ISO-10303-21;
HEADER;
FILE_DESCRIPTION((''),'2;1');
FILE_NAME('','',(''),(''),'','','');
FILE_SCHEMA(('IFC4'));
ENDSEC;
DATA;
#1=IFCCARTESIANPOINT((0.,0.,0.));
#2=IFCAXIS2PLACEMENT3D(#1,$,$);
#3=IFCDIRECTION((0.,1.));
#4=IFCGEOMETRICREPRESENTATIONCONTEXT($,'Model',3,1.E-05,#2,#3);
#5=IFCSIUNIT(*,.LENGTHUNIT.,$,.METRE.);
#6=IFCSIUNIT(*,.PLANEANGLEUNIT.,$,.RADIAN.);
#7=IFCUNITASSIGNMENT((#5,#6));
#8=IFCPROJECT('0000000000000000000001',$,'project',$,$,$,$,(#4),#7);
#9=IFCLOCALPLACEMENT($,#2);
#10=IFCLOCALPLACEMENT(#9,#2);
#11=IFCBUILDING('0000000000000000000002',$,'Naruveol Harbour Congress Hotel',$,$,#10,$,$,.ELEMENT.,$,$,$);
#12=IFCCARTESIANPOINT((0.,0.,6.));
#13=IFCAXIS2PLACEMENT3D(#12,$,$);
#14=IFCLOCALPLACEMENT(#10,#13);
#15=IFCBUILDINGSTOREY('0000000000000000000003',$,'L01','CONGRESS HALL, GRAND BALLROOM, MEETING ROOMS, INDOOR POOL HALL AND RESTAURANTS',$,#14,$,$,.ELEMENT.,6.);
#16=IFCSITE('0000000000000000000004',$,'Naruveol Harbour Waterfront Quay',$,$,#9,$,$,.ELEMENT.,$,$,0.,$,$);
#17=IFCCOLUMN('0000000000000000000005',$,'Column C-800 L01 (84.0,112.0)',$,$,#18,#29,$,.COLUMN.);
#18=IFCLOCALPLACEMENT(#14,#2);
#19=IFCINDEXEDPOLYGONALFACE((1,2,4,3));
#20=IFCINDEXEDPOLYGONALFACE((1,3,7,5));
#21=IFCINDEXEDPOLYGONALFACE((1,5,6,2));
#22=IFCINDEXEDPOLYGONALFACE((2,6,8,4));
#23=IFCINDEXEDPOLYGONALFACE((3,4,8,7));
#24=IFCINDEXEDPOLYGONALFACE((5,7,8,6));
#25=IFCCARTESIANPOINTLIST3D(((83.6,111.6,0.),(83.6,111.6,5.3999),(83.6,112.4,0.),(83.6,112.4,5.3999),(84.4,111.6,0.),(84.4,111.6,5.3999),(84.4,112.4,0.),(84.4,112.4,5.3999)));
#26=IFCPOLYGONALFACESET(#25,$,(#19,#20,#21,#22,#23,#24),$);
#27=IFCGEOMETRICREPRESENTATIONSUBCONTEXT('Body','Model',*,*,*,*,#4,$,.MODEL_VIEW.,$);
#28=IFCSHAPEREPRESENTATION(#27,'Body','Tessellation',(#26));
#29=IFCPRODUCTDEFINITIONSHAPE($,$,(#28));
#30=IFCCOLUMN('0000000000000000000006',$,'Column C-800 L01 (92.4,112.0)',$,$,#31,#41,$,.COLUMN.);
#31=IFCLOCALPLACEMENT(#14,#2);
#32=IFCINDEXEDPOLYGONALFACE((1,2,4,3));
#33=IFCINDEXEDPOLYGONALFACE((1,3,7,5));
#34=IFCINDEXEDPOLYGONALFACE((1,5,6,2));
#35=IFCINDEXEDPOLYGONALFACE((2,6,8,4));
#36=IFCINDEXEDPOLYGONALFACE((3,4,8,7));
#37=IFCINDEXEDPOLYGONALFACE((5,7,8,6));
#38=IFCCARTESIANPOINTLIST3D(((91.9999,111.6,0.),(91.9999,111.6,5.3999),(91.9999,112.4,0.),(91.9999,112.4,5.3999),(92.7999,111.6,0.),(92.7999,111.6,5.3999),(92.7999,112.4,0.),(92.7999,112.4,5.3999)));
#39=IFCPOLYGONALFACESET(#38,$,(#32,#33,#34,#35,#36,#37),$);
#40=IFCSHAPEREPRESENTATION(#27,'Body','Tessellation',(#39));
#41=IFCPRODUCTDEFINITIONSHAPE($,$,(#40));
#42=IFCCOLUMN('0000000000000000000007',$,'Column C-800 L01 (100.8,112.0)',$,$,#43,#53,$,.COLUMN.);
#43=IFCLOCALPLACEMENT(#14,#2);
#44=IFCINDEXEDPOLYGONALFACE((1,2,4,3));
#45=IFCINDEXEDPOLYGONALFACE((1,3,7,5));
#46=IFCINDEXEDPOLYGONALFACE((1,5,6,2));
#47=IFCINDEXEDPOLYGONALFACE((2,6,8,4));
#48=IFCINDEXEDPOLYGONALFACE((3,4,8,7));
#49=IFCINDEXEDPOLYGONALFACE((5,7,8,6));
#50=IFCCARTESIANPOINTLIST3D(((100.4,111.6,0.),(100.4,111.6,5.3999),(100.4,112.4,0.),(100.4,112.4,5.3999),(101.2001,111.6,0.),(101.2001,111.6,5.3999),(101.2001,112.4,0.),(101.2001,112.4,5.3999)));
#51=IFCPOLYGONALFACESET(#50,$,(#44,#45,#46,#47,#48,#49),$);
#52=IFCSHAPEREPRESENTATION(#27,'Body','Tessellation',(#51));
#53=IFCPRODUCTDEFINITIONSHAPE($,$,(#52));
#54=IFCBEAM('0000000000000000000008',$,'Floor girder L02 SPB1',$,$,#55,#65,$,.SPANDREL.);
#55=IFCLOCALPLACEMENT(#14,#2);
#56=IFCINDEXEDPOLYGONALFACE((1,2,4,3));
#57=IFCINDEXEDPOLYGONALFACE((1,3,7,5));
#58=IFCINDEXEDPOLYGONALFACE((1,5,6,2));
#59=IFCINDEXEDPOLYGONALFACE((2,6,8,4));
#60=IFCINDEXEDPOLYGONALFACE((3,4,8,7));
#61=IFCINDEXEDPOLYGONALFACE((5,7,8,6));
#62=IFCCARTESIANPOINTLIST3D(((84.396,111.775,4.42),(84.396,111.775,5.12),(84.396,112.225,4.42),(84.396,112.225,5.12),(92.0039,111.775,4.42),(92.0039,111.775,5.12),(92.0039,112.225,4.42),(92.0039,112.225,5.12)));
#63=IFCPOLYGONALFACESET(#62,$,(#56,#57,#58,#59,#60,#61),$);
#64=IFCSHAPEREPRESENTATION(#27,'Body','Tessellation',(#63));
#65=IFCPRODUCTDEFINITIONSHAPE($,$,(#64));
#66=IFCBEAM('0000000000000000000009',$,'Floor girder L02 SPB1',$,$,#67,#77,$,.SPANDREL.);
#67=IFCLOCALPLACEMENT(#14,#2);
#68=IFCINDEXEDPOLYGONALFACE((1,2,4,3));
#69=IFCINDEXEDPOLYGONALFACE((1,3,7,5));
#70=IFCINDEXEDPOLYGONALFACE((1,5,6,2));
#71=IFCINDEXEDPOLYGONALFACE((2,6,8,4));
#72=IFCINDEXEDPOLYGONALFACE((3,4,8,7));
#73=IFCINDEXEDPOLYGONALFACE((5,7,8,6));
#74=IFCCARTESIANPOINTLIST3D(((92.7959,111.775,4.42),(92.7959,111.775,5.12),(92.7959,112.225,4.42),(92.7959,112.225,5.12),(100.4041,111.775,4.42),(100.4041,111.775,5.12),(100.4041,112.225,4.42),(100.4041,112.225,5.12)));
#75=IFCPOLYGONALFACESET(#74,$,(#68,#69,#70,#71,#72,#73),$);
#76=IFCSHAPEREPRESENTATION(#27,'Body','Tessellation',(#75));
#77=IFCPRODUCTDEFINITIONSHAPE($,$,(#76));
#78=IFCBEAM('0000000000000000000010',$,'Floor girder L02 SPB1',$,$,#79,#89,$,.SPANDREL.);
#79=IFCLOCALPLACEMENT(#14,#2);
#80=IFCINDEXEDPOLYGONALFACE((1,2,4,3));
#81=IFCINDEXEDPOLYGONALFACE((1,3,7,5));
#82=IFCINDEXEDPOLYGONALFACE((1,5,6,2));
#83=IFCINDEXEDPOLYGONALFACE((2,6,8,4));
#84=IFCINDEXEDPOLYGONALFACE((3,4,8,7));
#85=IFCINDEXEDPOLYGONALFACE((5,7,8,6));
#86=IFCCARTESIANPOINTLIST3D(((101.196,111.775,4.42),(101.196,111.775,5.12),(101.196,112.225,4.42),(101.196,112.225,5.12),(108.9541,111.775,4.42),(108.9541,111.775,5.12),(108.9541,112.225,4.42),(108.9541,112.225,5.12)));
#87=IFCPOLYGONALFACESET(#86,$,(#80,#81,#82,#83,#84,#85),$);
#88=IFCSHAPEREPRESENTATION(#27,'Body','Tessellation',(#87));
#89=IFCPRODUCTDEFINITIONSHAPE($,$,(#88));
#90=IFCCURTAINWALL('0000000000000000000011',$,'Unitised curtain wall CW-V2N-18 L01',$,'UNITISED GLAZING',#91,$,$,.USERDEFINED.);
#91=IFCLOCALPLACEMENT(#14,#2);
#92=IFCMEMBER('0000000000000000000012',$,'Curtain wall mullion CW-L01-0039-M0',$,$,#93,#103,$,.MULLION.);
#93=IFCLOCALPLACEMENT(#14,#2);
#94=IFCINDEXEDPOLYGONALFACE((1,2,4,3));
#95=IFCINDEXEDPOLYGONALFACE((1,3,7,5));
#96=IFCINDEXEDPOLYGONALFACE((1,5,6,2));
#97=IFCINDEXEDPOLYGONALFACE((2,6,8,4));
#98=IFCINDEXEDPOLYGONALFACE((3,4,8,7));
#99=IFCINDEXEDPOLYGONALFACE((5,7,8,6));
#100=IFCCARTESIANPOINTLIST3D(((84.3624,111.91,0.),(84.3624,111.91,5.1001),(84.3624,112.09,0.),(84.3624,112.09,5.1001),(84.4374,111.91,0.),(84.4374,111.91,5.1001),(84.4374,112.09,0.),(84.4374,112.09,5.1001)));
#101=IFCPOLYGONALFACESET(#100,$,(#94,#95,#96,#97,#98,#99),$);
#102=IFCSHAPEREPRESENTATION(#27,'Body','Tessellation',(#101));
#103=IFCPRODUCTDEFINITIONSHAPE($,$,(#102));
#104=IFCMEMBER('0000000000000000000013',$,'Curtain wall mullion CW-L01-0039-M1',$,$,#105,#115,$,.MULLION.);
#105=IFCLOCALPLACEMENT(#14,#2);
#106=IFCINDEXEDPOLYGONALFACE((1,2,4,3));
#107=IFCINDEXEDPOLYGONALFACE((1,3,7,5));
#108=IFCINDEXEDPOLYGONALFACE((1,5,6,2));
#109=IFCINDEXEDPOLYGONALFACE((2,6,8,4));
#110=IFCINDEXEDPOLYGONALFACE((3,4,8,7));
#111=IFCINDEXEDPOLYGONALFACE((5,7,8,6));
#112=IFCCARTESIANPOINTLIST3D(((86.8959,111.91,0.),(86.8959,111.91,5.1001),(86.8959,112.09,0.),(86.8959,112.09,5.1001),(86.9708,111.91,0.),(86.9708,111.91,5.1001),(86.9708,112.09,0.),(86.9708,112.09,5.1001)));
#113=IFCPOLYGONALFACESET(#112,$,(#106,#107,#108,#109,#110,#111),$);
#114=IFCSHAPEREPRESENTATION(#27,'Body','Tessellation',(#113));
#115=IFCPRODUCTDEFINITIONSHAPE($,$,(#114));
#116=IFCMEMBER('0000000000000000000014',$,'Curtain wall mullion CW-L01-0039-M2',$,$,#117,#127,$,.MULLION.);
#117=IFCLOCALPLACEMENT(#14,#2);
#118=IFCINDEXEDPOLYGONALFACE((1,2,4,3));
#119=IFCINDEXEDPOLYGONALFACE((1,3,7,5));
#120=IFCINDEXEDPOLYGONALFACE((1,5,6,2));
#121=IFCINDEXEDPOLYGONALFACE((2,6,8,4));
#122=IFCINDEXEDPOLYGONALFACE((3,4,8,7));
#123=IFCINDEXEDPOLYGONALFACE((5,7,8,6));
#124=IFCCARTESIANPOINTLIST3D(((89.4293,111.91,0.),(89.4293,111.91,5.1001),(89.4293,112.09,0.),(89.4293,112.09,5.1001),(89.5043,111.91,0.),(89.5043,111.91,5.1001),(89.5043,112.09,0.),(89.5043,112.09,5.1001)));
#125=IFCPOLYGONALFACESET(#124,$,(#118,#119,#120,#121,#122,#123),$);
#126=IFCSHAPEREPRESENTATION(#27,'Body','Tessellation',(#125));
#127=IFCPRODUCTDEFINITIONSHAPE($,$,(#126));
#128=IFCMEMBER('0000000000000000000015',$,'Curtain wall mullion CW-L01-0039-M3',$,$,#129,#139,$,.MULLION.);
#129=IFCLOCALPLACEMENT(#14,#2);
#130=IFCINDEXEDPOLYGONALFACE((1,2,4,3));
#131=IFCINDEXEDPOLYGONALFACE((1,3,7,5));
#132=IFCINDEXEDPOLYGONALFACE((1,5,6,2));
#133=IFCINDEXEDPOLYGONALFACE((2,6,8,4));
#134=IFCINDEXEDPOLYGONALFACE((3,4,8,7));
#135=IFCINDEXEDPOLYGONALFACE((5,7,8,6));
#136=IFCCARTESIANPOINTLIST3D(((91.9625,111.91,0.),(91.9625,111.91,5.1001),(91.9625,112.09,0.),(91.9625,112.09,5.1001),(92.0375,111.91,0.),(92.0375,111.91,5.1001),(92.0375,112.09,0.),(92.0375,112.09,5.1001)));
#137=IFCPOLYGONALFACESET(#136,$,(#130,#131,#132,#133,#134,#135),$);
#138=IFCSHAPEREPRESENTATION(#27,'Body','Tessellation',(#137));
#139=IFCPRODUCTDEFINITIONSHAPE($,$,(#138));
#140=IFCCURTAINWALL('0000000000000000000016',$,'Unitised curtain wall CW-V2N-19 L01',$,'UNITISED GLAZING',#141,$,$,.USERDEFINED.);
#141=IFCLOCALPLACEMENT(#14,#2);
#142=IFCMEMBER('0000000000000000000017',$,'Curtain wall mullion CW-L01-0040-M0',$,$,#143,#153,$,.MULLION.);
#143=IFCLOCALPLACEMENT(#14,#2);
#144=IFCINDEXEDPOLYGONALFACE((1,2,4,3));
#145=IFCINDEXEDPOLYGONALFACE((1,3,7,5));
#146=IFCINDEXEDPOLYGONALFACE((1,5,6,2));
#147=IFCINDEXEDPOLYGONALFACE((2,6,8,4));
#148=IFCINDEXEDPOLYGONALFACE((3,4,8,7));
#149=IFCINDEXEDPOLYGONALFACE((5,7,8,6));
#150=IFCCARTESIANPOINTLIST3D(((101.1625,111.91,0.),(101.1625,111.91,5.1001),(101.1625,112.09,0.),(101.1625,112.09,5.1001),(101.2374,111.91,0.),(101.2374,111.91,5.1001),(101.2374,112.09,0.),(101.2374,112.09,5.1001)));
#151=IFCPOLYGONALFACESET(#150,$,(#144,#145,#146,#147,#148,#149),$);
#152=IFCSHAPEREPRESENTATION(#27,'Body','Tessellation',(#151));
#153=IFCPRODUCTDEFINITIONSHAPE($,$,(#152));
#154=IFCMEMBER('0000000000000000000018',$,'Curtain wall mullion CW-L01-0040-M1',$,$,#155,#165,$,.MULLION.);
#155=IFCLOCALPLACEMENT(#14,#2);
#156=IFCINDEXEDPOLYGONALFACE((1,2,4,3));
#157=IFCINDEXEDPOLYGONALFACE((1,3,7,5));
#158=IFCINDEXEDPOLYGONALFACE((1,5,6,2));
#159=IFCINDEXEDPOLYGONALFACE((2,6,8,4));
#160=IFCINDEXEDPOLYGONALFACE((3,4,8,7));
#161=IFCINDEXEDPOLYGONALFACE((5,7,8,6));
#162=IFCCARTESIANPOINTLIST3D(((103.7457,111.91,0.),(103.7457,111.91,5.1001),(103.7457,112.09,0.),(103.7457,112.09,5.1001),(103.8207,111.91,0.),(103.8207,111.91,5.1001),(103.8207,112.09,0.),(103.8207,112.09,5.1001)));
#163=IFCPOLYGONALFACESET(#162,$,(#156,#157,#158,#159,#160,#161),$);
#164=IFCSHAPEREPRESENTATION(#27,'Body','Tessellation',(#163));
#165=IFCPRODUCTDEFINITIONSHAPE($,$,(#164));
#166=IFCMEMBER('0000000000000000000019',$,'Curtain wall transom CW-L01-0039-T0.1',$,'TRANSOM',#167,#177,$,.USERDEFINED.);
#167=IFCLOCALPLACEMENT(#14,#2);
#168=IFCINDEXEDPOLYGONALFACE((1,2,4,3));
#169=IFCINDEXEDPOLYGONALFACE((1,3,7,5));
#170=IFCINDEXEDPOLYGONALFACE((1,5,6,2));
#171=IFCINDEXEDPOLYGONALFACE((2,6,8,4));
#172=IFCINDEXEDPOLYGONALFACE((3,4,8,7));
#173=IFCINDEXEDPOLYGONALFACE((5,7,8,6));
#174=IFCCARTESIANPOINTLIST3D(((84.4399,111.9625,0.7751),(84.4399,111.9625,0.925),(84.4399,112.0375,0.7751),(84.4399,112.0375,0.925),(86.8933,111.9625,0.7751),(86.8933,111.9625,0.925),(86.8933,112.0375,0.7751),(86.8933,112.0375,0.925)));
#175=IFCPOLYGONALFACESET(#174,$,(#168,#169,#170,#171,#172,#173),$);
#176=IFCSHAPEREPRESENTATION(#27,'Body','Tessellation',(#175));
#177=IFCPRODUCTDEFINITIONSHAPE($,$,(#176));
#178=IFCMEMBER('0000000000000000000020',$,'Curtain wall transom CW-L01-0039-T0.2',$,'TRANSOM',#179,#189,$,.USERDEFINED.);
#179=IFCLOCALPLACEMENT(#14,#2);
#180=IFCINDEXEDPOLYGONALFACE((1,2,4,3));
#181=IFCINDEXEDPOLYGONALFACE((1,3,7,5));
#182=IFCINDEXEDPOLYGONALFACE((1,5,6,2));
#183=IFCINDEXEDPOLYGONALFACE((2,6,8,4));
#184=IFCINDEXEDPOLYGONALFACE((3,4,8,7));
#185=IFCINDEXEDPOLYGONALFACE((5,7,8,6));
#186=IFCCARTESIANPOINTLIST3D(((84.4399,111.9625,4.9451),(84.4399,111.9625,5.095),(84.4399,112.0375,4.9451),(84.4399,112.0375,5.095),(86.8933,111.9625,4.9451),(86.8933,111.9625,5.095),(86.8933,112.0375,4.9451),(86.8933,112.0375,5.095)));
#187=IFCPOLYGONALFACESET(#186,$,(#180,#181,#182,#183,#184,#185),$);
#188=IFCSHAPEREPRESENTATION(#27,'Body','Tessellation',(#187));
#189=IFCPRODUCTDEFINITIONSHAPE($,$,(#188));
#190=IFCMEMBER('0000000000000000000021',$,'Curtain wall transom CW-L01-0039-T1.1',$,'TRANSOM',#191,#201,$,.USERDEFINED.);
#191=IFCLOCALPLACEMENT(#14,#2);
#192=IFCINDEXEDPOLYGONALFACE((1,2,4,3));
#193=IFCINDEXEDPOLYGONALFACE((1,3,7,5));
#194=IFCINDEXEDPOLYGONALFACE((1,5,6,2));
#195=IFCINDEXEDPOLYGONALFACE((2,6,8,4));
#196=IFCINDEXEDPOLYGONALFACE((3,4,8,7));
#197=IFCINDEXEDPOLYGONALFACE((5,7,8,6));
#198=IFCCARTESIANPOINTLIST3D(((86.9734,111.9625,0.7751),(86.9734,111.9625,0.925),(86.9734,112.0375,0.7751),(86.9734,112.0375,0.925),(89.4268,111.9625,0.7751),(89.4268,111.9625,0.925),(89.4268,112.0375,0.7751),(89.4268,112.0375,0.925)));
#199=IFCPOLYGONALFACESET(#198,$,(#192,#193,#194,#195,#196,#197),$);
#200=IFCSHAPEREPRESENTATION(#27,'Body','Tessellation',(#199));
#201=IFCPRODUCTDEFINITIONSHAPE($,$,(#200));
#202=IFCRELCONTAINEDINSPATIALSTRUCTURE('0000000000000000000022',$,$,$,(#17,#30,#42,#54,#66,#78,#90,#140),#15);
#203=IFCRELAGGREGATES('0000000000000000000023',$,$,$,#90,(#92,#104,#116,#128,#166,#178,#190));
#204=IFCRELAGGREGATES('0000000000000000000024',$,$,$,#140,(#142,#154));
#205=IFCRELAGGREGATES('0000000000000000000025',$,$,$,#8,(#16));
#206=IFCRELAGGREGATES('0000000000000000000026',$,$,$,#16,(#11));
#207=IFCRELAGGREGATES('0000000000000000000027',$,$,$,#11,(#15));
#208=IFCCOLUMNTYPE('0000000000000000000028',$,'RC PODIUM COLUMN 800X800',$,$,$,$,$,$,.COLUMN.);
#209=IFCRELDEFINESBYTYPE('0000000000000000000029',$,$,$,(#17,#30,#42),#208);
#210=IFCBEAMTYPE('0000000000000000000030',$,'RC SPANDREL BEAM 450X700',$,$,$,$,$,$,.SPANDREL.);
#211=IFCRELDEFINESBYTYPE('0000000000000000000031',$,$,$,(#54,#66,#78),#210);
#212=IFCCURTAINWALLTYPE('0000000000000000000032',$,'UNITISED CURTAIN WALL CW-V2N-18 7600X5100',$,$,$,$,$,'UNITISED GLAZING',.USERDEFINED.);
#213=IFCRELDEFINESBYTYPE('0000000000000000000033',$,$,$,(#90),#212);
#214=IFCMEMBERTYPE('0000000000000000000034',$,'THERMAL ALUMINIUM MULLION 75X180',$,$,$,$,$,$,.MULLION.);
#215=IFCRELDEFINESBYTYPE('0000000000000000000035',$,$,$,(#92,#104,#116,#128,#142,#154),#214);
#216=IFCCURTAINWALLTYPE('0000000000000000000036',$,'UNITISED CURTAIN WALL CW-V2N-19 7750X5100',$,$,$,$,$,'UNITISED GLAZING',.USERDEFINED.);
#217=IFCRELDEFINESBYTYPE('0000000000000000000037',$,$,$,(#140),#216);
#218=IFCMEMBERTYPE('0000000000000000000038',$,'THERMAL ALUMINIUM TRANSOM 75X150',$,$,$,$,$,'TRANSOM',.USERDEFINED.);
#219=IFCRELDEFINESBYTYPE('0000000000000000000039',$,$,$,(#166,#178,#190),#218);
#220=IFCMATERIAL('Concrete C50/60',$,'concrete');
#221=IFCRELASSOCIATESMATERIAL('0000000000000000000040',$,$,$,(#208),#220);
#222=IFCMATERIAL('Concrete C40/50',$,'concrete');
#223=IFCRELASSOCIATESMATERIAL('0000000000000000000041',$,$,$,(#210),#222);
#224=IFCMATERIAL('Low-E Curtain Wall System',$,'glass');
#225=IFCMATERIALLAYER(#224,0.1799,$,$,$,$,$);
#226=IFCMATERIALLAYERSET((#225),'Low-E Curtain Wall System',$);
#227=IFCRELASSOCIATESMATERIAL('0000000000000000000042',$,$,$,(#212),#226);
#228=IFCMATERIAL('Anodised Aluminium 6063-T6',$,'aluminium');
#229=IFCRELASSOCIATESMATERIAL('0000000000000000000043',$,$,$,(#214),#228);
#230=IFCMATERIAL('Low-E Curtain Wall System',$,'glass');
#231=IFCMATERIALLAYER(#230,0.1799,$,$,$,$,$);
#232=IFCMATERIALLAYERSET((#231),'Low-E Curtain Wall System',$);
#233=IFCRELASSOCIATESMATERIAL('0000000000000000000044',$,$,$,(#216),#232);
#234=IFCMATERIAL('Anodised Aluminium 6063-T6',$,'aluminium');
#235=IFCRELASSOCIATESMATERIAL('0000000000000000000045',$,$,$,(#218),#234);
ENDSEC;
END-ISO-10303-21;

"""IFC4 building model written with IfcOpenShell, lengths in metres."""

from ifc_helpers import new_model, si_unit, direction, frame, origin, origin_2d, place, context, subcontext, project, spatial, rectangle, extrude, material, layer, layer_set, material_profile, profile_set, type_object, element, aggregate, save


model = new_model("IFC4")

# Units and contexts
model_context = context("Model", 3, precision=1e-05, world=origin(), true_north=direction((0.0, 1.0)))
body_context = subcontext(model_context, "Body", "Model", "MODEL_VIEW")
ifc_project = project(units=[si_unit("LENGTHUNIT", "METRE"), si_unit("PLANEANGLEUNIT", "RADIAN")], contexts=[model_context])

# Site, building, storey
site_placement = place(None, origin())
site = spatial("IfcSite", under=ifc_project, at=site_placement, Name="Naruveol Harbour Waterfront Quay", CompositionType="ELEMENT", RefElevation=0.0)
building_placement = place(site_placement, origin())
building = spatial("IfcBuilding", under=site, at=building_placement, Name="Naruveol Harbour Congress Hotel", CompositionType="ELEMENT")
storey_placement = place(building_placement, frame((0.0, 0.0, 6.0)))
storey = spatial("IfcBuildingStorey", under=building, at=storey_placement, Name="L01", Description="CONGRESS HALL, GRAND BALLROOM, MEETING ROOMS, INDOOR POOL HALL AND RESTAURANTS", CompositionType="ELEMENT", Elevation=6.0)

# Columns
ifc_material_1 = material(Name="Concrete C50/60", Category="concrete")
ifc_material_profile_1 = material_profile(ifc_material_1, rectangle(XDim=0.8, YDim=0.8, at=origin_2d()), Name="RC-800x800")
ifc_profile_set_1 = profile_set([ifc_material_profile_1], Name="Concrete C50/60")
column_type = type_object("IfcColumnType", Name="RC PODIUM COLUMN 800X800", PredefinedType="COLUMN", material=ifc_profile_set_1)
for number, where, z_axis, x_axis, name in (
    (1, (84.0, 112.0, 0.0), (0.0, 0.0, 1.0), (1.0, 0.0, 0.0), "Column C-800 L01 (84.0,112.0)"),
    (2, (92.3999, 112.0, 0.0), (0.0, 0.0, 1.0), (1.0, 0.0, 0.0), "Column C-800 L01 (92.4,112.0)"),
    (3, (100.8, 112.0, 0.0), (0.0, 0.0, 1.0), (1.0, 0.0, 0.0), "Column C-800 L01 (100.8,112.0)"),
):
    element("IfcColumn", number, at=place(storey_placement, frame(where, z_axis=z_axis, x_axis=x_axis)), inside=storey, type_object=column_type, Name=name, PredefinedType="COLUMN", context=body_context, shape_type="SweptSolid", body=[
        extrude(rectangle(XDim=0.8, YDim=0.8, at=origin_2d()), origin(), (0.0, 0.0, 1.0), 5.3999),
    ])

# Beams
ifc_material_2 = material(Name="Concrete C40/50", Category="concrete")
ifc_material_profile_2 = material_profile(ifc_material_2, rectangle(XDim=0.45, YDim=0.7, at=origin_2d()), Name="RCB-450x700")
ifc_profile_set_2 = profile_set([ifc_material_profile_2], Name="Concrete C40/50")
beam_type = type_object("IfcBeamType", Name="RC SPANDREL BEAM 450X700", PredefinedType="SPANDREL", material=ifc_profile_set_2)
beam_1_placement = place(storey_placement, frame((84.396, 112.0, 4.77), z_axis=(1.0, 0.0, 0.0), x_axis=(0.0, 1.0, 0.0)))
element("IfcBeam", 4, at=beam_1_placement, inside=storey, type_object=beam_type, Name="Floor girder L02 SPB1", PredefinedType="SPANDREL", context=body_context, shape_type="SweptSolid", body=[
    extrude(rectangle(XDim=0.45, YDim=0.7, at=origin_2d()), origin(), (0.0, 0.0, 1.0), 7.6079),
])
beam_2_placement = place(storey_placement, frame((92.7959, 112.0, 4.77), z_axis=(1.0, 0.0, 0.0), x_axis=(0.0, 1.0, 0.0)))
element("IfcBeam", 5, at=beam_2_placement, inside=storey, type_object=beam_type, Name="Floor girder L02 SPB1", PredefinedType="SPANDREL", context=body_context, shape_type="SweptSolid", body=[
    extrude(rectangle(XDim=0.45, YDim=0.7, at=origin_2d()), origin(), (0.0, 0.0, 1.0), 7.6082),
])
beam_3_placement = place(storey_placement, frame((101.196, 112.0, 4.77), z_axis=(1.0, 0.0, 0.0), x_axis=(0.0, 1.0, 0.0)))
element("IfcBeam", 6, at=beam_3_placement, inside=storey, type_object=beam_type, Name="Floor girder L02 SPB1", PredefinedType="SPANDREL", context=body_context, shape_type="SweptSolid", body=[
    extrude(rectangle(XDim=0.45, YDim=0.7, at=origin_2d()), origin(), (0.0, 0.0, 1.0), 7.7581),
])

# Curtain walls, members
ifc_material_3 = material(Name="Low-E Curtain Wall System", Category="glass")
ifc_layer_1 = layer(ifc_material_3, 0.1799)
ifc_layer_set_1 = layer_set([ifc_layer_1], Name="Low-E Curtain Wall System")
curtain_wall_type_1 = type_object("IfcCurtainWallType", Name="UNITISED CURTAIN WALL CW-V2N-18 7600X5100", ElementType="UNITISED GLAZING", PredefinedType="USERDEFINED", material=ifc_layer_set_1)
curtain_wall_1_placement = place(storey_placement, origin())
curtain_wall_1 = element("IfcCurtainWall", 7, at=curtain_wall_1_placement, inside=storey, type_object=curtain_wall_type_1, Name="Unitised curtain wall CW-V2N-18 L01", ObjectType="UNITISED GLAZING", PredefinedType="USERDEFINED")
ifc_material_4 = material(Name="Anodised Aluminium 6063-T6", Category="aluminium")
ifc_material_profile_3 = material_profile(ifc_material_4, rectangle(XDim=0.075, YDim=0.1799, at=origin_2d()), Name="ALU-75x180")
ifc_profile_set_3 = profile_set([ifc_material_profile_3], Name="Anodised Aluminium 6063-T6")
member_type_1 = type_object("IfcMemberType", Name="THERMAL ALUMINIUM MULLION 75X180", PredefinedType="MULLION", material=ifc_profile_set_3)
member_1_placement = place(storey_placement, frame((84.3999, 112.0, 0.0), z_axis=(0.0, 0.0, 1.0), x_axis=(1.0, 0.0, 0.0)))
member_1 = element("IfcMember", 8, at=member_1_placement, type_object=member_type_1, Name="Curtain wall mullion CW-L01-0039-M0", PredefinedType="MULLION", context=body_context, shape_type="SweptSolid", body=[
    extrude(rectangle(XDim=0.075, YDim=0.1799, at=origin_2d()), origin(), (0.0, 0.0, 1.0), 5.1001),
])
member_2_placement = place(storey_placement, frame((86.9333, 112.0, 0.0), z_axis=(0.0, 0.0, 1.0), x_axis=(1.0, 0.0, 0.0)))
member_2 = element("IfcMember", 9, at=member_2_placement, type_object=member_type_1, Name="Curtain wall mullion CW-L01-0039-M1", PredefinedType="MULLION", context=body_context, shape_type="SweptSolid", body=[
    extrude(rectangle(XDim=0.075, YDim=0.1799, at=origin_2d()), origin(), (0.0, 0.0, 1.0), 5.1001),
])
member_3_placement = place(storey_placement, frame((89.4668, 112.0, 0.0), z_axis=(0.0, 0.0, 1.0), x_axis=(1.0, 0.0, 0.0)))
member_3 = element("IfcMember", 10, at=member_3_placement, type_object=member_type_1, Name="Curtain wall mullion CW-L01-0039-M2", PredefinedType="MULLION", context=body_context, shape_type="SweptSolid", body=[
    extrude(rectangle(XDim=0.075, YDim=0.1799, at=origin_2d()), origin(), (0.0, 0.0, 1.0), 5.1001),
])
member_4_placement = place(storey_placement, frame((92.0, 112.0, 0.0), z_axis=(0.0, 0.0, 1.0), x_axis=(1.0, 0.0, 0.0)))
member_4 = element("IfcMember", 11, at=member_4_placement, type_object=member_type_1, Name="Curtain wall mullion CW-L01-0039-M3", PredefinedType="MULLION", context=body_context, shape_type="SweptSolid", body=[
    extrude(rectangle(XDim=0.075, YDim=0.1799, at=origin_2d()), origin(), (0.0, 0.0, 1.0), 5.1001),
])
ifc_material_5 = material(Name="Low-E Curtain Wall System", Category="glass")
ifc_layer_2 = layer(ifc_material_5, 0.1799)
ifc_layer_set_2 = layer_set([ifc_layer_2], Name="Low-E Curtain Wall System")
curtain_wall_type_2 = type_object("IfcCurtainWallType", Name="UNITISED CURTAIN WALL CW-V2N-19 7750X5100", ElementType="UNITISED GLAZING", PredefinedType="USERDEFINED", material=ifc_layer_set_2)
curtain_wall_2_placement = place(storey_placement, origin())
curtain_wall_2 = element("IfcCurtainWall", 12, at=curtain_wall_2_placement, inside=storey, type_object=curtain_wall_type_2, Name="Unitised curtain wall CW-V2N-19 L01", ObjectType="UNITISED GLAZING", PredefinedType="USERDEFINED")
member_5_placement = place(storey_placement, frame((101.2, 112.0, 0.0), z_axis=(0.0, 0.0, 1.0), x_axis=(1.0, 0.0, 0.0)))
member_5 = element("IfcMember", 13, at=member_5_placement, type_object=member_type_1, Name="Curtain wall mullion CW-L01-0040-M0", PredefinedType="MULLION", context=body_context, shape_type="SweptSolid", body=[
    extrude(rectangle(XDim=0.075, YDim=0.1799, at=origin_2d()), origin(), (0.0, 0.0, 1.0), 5.1001),
])
member_6_placement = place(storey_placement, frame((103.7832, 112.0, 0.0), z_axis=(0.0, 0.0, 1.0), x_axis=(1.0, 0.0, 0.0)))
member_6 = element("IfcMember", 14, at=member_6_placement, type_object=member_type_1, Name="Curtain wall mullion CW-L01-0040-M1", PredefinedType="MULLION", context=body_context, shape_type="SweptSolid", body=[
    extrude(rectangle(XDim=0.075, YDim=0.1799, at=origin_2d()), origin(), (0.0, 0.0, 1.0), 5.1001),
])

# Members
ifc_material_6 = material(Name="Anodised Aluminium 6063-T6", Category="aluminium")
ifc_material_profile_4 = material_profile(ifc_material_6, rectangle(XDim=0.075, YDim=0.1499, at=origin_2d()), Name="ALU-75x150")
ifc_profile_set_4 = profile_set([ifc_material_profile_4], Name="Anodised Aluminium 6063-T6")
member_type_2 = type_object("IfcMemberType", Name="THERMAL ALUMINIUM TRANSOM 75X150", ElementType="TRANSOM", PredefinedType="USERDEFINED", material=ifc_profile_set_4)
member_7_placement = place(storey_placement, frame((84.4399, 112.0, 0.8501), z_axis=(1.0, 0.0, 0.0), x_axis=(0.0, 1.0, 0.0)))
member_7 = element("IfcMember", 15, at=member_7_placement, type_object=member_type_2, Name="Curtain wall transom CW-L01-0039-T0.1", ObjectType="TRANSOM", PredefinedType="USERDEFINED", context=body_context, shape_type="SweptSolid", body=[
    extrude(rectangle(XDim=0.075, YDim=0.1499, at=origin_2d()), origin(), (0.0, 0.0, 1.0), 2.4534),
])
member_8_placement = place(storey_placement, frame((84.4399, 112.0, 5.02), z_axis=(1.0, 0.0, 0.0), x_axis=(0.0, 1.0, 0.0)))
member_8 = element("IfcMember", 16, at=member_8_placement, type_object=member_type_2, Name="Curtain wall transom CW-L01-0039-T0.2", ObjectType="TRANSOM", PredefinedType="USERDEFINED", context=body_context, shape_type="SweptSolid", body=[
    extrude(rectangle(XDim=0.075, YDim=0.1499, at=origin_2d()), origin(), (0.0, 0.0, 1.0), 2.4534),
])
member_9_placement = place(storey_placement, frame((86.9734, 112.0, 0.8501), z_axis=(1.0, 0.0, 0.0), x_axis=(0.0, 1.0, 0.0)))
member_9 = element("IfcMember", 17, at=member_9_placement, type_object=member_type_2, Name="Curtain wall transom CW-L01-0039-T1.1", ObjectType="TRANSOM", PredefinedType="USERDEFINED", context=body_context, shape_type="SweptSolid", body=[
    extrude(rectangle(XDim=0.075, YDim=0.1499, at=origin_2d()), origin(), (0.0, 0.0, 1.0), 2.4534),
])

aggregate(curtain_wall_1, [member_1, member_2, member_3, member_4, member_7, member_8, member_9])
aggregate(curtain_wall_2, [member_5, member_6])

save(model, "model.ifc")
